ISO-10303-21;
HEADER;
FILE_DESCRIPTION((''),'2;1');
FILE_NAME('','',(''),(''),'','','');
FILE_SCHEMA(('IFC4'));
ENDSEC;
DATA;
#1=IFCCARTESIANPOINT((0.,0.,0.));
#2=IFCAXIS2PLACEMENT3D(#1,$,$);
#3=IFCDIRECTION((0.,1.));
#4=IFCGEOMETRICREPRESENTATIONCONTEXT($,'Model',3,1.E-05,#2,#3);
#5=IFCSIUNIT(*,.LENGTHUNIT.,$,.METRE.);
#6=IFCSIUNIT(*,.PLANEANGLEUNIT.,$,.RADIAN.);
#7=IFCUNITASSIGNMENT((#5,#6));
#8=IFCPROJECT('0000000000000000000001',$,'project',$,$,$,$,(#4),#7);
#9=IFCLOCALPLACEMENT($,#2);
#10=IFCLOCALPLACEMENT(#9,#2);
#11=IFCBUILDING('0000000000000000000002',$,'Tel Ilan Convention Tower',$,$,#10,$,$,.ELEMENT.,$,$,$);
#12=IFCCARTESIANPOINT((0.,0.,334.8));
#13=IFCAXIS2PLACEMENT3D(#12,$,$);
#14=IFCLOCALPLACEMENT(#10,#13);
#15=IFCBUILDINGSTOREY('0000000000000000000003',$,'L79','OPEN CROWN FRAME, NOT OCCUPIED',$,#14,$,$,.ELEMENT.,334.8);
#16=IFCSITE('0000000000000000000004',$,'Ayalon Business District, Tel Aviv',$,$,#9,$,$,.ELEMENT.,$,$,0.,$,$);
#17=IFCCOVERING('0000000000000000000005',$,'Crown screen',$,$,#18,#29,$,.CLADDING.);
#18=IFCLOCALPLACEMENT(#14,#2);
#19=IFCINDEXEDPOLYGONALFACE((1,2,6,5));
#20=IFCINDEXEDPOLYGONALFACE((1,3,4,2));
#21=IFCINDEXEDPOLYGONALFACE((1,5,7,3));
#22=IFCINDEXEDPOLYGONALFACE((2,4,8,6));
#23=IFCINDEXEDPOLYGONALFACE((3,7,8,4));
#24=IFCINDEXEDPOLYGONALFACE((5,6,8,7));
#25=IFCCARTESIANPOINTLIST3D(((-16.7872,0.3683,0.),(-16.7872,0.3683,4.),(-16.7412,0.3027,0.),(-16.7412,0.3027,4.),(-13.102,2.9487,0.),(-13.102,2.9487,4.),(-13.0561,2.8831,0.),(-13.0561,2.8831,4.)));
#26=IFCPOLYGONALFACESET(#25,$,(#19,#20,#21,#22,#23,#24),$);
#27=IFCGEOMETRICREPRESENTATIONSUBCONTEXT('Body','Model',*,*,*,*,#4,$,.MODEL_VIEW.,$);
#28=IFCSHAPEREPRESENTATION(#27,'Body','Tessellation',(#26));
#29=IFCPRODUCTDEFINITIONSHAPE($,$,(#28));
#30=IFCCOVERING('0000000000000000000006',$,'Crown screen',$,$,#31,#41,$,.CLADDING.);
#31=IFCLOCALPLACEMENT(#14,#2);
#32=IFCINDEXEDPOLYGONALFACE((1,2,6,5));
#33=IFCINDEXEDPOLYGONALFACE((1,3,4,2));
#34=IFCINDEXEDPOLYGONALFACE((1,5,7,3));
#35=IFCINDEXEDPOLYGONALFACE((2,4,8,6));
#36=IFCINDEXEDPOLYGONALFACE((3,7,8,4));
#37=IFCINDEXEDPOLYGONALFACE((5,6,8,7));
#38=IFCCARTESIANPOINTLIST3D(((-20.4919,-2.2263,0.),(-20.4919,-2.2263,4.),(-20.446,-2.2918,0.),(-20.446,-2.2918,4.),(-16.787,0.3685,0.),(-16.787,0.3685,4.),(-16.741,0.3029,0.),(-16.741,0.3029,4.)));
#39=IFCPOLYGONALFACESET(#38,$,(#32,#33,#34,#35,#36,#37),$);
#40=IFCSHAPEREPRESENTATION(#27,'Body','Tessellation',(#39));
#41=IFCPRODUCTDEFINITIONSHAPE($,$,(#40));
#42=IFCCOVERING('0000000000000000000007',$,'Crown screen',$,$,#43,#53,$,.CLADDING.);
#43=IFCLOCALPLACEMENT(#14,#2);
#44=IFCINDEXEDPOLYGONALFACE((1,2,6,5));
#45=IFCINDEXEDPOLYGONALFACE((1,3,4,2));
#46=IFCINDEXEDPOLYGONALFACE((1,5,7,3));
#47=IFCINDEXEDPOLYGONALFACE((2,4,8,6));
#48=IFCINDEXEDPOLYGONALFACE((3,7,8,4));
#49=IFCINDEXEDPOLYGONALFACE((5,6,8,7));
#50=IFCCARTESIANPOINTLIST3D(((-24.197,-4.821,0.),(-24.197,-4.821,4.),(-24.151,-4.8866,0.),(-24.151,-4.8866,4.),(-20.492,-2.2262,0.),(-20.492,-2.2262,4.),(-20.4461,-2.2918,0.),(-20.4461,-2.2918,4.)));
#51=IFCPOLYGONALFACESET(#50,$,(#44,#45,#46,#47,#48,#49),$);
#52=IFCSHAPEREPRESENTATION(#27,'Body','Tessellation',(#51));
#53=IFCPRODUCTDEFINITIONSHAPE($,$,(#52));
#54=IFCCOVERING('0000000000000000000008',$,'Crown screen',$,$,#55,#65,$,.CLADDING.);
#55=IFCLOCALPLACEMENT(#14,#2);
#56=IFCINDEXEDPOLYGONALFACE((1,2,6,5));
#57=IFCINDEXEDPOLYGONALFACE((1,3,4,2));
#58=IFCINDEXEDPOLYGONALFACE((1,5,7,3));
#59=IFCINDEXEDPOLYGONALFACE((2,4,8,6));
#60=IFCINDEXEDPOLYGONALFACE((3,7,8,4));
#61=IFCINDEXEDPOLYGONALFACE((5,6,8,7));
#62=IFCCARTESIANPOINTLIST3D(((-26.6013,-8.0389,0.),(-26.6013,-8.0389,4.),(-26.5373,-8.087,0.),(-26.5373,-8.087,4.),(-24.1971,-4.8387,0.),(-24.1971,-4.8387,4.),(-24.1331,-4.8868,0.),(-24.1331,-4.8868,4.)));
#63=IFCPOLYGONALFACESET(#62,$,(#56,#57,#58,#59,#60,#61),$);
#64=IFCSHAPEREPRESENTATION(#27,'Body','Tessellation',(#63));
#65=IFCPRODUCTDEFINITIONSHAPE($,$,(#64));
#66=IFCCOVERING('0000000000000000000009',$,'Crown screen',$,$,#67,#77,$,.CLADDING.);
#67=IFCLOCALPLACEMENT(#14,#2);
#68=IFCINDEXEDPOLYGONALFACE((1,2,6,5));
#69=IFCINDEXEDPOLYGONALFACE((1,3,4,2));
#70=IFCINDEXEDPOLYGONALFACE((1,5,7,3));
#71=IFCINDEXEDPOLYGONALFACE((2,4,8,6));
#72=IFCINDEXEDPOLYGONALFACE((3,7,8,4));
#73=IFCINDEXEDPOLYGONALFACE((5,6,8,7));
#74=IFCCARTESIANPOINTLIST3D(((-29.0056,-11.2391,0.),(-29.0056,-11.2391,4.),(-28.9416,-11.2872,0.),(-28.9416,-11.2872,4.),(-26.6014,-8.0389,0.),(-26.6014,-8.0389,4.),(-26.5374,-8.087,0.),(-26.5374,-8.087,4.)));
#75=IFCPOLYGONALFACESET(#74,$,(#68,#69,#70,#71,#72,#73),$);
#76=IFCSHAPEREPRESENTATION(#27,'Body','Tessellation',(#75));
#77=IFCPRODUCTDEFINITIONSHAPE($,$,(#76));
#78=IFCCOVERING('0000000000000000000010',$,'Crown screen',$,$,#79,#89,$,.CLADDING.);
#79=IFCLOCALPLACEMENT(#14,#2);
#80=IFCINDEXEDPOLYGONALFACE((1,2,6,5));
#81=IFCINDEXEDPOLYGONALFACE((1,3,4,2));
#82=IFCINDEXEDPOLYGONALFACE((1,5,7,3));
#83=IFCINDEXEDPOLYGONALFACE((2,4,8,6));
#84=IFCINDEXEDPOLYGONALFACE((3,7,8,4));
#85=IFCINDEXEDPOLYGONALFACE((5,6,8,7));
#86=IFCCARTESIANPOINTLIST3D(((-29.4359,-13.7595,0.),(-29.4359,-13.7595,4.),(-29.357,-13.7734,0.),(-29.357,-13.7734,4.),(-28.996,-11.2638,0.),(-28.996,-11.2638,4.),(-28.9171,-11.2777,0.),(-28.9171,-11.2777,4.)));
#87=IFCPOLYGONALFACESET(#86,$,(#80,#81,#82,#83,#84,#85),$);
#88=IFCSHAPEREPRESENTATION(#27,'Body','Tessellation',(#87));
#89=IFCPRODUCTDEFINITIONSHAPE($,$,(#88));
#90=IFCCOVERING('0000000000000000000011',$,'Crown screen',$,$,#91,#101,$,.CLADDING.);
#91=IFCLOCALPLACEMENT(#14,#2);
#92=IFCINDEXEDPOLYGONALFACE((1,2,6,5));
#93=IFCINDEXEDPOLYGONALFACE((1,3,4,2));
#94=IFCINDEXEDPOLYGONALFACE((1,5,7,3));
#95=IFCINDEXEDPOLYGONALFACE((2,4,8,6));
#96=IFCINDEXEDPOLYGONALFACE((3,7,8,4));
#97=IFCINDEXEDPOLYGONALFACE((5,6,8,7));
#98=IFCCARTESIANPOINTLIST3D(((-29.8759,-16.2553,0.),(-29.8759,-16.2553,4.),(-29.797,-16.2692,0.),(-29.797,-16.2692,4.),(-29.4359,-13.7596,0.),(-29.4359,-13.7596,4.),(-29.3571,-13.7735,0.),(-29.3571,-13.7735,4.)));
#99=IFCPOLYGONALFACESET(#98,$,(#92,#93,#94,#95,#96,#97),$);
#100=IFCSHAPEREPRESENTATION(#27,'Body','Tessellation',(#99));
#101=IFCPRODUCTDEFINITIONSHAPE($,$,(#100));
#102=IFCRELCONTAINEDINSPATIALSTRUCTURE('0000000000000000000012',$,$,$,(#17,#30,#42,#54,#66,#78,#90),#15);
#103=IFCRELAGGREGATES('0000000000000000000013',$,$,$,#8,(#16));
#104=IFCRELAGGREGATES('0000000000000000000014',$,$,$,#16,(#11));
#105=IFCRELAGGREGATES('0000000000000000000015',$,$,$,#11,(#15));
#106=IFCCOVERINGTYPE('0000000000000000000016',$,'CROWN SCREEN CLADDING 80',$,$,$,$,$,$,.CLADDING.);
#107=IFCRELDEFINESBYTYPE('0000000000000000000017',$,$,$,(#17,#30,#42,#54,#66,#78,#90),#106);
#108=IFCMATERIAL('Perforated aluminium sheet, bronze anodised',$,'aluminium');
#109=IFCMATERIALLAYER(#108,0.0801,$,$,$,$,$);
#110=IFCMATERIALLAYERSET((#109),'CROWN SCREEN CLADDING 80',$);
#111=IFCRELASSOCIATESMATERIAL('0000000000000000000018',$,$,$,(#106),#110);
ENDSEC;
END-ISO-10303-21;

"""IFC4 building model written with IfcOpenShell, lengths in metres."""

from ifc_helpers import new_model, si_unit, direction, frame, origin, origin_2d, place, context, subcontext, project, spatial, rectangle, extrude, material, layer, layer_set, type_object, element, save


model = new_model("IFC4")

# Units and contexts
model_context = context("Model", 3, precision=1e-05, world=origin(), true_north=direction((0.0, 1.0)))
body_context = subcontext(model_context, "Body", "Model", "MODEL_VIEW")
ifc_project = project(units=[si_unit("LENGTHUNIT", "METRE"), si_unit("PLANEANGLEUNIT", "RADIAN")], contexts=[model_context])

# Site, building, storey
site_placement = place(None, origin())
site = spatial("IfcSite", under=ifc_project, at=site_placement, Name="Ayalon Business District, Tel Aviv", CompositionType="ELEMENT", RefElevation=0.0)
building_placement = place(site_placement, origin())
building = spatial("IfcBuilding", under=site, at=building_placement, Name="Tel Ilan Convention Tower", CompositionType="ELEMENT")
storey_placement = place(building_placement, frame((0.0, 0.0, 334.8)))
storey = spatial("IfcBuildingStorey", under=building, at=storey_placement, Name="L79", Description="OPEN CROWN FRAME, NOT OCCUPIED", CompositionType="ELEMENT", Elevation=334.8)

# Coverings
ifc_material_1 = material(Name="Perforated aluminium sheet, bronze anodised", Category="aluminium")
ifc_layer = layer(ifc_material_1, 0.0801)
ifc_layer_set = layer_set([ifc_layer], Name="CROWN SCREEN CLADDING 80")
covering_type = type_object("IfcCoveringType", Name="CROWN SCREEN CLADDING 80", PredefinedType="CLADDING", material=ifc_layer_set)
for number, where, z_axis, x_axis, name in (
    (1, (-14.9216, 1.6257, 0.0), (0.0, 0.0, 1.0), (-0.819148, -0.573582, 0.0), "Crown screen"),
):
    element("IfcCovering", number, at=place(storey_placement, frame(where, z_axis=z_axis, x_axis=x_axis)), inside=storey, type_object=covering_type, Name=name, PredefinedType="CLADDING", context=body_context, shape_type="SweptSolid", body=[
        extrude(rectangle(XDim=4.4988, YDim=0.0801, at=origin_2d()), origin(), (0.0, 0.0, 1.0), 4.0),
    ])
for number, where, z_axis, x_axis, name in (
    (2, (-18.6165, -0.9617, 0.0), (0.0, 0.0, 1.0), (-0.819096, -0.573656, 0.0), "Crown screen"),
    (3, (-22.3215, -3.5564, 0.0), (0.0, 0.0, 1.0), (-0.819096, -0.573656, 0.0), "Crown screen"),
):
    element("IfcCovering", number, at=place(storey_placement, frame(where, z_axis=z_axis, x_axis=x_axis)), inside=storey, type_object=covering_type, Name=name, PredefinedType="CLADDING", context=body_context, shape_type="SweptSolid", body=[
        extrude(rectangle(XDim=4.5232, YDim=0.0801, at=origin_2d()), origin(), (0.0, 0.0, 1.0), 4.0),
    ])
for number, where, z_axis, x_axis, name in (
    (4, (-25.3672, -6.4629, 0.0), (0.0, 0.0, 1.0), (-0.600649, -0.799513, 0.0), "Crown screen"),
    (5, (-27.7715, -9.6631, 0.0), (0.0, 0.0, 1.0), (-0.600649, -0.799513, 0.0), "Crown screen"),
):
    element("IfcCovering", number, at=place(storey_placement, frame(where, z_axis=z_axis, x_axis=x_axis)), inside=storey, type_object=covering_type, Name=name, PredefinedType="CLADDING", context=body_context, shape_type="SweptSolid", body=[
        extrude(rectangle(XDim=4.0027, YDim=0.0801, at=origin_2d()), origin(), (0.0, 0.0, 1.0), 4.0),
    ])
for number, where, z_axis, x_axis, name in (
    (6, (-29.1765, -12.5186, 0.0), (0.0, 0.0, 1.0), (-0.173598, -0.984817, 0.0), "Crown screen"),
    (7, (-29.6165, -15.0144, 0.0), (0.0, 0.0, 1.0), (-0.173598, -0.984817, 0.0), "Crown screen"),
):
    element("IfcCovering", number, at=place(storey_placement, frame(where, z_axis=z_axis, x_axis=x_axis)), inside=storey, type_object=covering_type, Name=name, PredefinedType="CLADDING", context=body_context, shape_type="SweptSolid", body=[
        extrude(rectangle(XDim=2.5342, YDim=0.0801, at=origin_2d()), origin(), (0.0, 0.0, 1.0), 4.0),
    ])

save(model, "model.ifc")
